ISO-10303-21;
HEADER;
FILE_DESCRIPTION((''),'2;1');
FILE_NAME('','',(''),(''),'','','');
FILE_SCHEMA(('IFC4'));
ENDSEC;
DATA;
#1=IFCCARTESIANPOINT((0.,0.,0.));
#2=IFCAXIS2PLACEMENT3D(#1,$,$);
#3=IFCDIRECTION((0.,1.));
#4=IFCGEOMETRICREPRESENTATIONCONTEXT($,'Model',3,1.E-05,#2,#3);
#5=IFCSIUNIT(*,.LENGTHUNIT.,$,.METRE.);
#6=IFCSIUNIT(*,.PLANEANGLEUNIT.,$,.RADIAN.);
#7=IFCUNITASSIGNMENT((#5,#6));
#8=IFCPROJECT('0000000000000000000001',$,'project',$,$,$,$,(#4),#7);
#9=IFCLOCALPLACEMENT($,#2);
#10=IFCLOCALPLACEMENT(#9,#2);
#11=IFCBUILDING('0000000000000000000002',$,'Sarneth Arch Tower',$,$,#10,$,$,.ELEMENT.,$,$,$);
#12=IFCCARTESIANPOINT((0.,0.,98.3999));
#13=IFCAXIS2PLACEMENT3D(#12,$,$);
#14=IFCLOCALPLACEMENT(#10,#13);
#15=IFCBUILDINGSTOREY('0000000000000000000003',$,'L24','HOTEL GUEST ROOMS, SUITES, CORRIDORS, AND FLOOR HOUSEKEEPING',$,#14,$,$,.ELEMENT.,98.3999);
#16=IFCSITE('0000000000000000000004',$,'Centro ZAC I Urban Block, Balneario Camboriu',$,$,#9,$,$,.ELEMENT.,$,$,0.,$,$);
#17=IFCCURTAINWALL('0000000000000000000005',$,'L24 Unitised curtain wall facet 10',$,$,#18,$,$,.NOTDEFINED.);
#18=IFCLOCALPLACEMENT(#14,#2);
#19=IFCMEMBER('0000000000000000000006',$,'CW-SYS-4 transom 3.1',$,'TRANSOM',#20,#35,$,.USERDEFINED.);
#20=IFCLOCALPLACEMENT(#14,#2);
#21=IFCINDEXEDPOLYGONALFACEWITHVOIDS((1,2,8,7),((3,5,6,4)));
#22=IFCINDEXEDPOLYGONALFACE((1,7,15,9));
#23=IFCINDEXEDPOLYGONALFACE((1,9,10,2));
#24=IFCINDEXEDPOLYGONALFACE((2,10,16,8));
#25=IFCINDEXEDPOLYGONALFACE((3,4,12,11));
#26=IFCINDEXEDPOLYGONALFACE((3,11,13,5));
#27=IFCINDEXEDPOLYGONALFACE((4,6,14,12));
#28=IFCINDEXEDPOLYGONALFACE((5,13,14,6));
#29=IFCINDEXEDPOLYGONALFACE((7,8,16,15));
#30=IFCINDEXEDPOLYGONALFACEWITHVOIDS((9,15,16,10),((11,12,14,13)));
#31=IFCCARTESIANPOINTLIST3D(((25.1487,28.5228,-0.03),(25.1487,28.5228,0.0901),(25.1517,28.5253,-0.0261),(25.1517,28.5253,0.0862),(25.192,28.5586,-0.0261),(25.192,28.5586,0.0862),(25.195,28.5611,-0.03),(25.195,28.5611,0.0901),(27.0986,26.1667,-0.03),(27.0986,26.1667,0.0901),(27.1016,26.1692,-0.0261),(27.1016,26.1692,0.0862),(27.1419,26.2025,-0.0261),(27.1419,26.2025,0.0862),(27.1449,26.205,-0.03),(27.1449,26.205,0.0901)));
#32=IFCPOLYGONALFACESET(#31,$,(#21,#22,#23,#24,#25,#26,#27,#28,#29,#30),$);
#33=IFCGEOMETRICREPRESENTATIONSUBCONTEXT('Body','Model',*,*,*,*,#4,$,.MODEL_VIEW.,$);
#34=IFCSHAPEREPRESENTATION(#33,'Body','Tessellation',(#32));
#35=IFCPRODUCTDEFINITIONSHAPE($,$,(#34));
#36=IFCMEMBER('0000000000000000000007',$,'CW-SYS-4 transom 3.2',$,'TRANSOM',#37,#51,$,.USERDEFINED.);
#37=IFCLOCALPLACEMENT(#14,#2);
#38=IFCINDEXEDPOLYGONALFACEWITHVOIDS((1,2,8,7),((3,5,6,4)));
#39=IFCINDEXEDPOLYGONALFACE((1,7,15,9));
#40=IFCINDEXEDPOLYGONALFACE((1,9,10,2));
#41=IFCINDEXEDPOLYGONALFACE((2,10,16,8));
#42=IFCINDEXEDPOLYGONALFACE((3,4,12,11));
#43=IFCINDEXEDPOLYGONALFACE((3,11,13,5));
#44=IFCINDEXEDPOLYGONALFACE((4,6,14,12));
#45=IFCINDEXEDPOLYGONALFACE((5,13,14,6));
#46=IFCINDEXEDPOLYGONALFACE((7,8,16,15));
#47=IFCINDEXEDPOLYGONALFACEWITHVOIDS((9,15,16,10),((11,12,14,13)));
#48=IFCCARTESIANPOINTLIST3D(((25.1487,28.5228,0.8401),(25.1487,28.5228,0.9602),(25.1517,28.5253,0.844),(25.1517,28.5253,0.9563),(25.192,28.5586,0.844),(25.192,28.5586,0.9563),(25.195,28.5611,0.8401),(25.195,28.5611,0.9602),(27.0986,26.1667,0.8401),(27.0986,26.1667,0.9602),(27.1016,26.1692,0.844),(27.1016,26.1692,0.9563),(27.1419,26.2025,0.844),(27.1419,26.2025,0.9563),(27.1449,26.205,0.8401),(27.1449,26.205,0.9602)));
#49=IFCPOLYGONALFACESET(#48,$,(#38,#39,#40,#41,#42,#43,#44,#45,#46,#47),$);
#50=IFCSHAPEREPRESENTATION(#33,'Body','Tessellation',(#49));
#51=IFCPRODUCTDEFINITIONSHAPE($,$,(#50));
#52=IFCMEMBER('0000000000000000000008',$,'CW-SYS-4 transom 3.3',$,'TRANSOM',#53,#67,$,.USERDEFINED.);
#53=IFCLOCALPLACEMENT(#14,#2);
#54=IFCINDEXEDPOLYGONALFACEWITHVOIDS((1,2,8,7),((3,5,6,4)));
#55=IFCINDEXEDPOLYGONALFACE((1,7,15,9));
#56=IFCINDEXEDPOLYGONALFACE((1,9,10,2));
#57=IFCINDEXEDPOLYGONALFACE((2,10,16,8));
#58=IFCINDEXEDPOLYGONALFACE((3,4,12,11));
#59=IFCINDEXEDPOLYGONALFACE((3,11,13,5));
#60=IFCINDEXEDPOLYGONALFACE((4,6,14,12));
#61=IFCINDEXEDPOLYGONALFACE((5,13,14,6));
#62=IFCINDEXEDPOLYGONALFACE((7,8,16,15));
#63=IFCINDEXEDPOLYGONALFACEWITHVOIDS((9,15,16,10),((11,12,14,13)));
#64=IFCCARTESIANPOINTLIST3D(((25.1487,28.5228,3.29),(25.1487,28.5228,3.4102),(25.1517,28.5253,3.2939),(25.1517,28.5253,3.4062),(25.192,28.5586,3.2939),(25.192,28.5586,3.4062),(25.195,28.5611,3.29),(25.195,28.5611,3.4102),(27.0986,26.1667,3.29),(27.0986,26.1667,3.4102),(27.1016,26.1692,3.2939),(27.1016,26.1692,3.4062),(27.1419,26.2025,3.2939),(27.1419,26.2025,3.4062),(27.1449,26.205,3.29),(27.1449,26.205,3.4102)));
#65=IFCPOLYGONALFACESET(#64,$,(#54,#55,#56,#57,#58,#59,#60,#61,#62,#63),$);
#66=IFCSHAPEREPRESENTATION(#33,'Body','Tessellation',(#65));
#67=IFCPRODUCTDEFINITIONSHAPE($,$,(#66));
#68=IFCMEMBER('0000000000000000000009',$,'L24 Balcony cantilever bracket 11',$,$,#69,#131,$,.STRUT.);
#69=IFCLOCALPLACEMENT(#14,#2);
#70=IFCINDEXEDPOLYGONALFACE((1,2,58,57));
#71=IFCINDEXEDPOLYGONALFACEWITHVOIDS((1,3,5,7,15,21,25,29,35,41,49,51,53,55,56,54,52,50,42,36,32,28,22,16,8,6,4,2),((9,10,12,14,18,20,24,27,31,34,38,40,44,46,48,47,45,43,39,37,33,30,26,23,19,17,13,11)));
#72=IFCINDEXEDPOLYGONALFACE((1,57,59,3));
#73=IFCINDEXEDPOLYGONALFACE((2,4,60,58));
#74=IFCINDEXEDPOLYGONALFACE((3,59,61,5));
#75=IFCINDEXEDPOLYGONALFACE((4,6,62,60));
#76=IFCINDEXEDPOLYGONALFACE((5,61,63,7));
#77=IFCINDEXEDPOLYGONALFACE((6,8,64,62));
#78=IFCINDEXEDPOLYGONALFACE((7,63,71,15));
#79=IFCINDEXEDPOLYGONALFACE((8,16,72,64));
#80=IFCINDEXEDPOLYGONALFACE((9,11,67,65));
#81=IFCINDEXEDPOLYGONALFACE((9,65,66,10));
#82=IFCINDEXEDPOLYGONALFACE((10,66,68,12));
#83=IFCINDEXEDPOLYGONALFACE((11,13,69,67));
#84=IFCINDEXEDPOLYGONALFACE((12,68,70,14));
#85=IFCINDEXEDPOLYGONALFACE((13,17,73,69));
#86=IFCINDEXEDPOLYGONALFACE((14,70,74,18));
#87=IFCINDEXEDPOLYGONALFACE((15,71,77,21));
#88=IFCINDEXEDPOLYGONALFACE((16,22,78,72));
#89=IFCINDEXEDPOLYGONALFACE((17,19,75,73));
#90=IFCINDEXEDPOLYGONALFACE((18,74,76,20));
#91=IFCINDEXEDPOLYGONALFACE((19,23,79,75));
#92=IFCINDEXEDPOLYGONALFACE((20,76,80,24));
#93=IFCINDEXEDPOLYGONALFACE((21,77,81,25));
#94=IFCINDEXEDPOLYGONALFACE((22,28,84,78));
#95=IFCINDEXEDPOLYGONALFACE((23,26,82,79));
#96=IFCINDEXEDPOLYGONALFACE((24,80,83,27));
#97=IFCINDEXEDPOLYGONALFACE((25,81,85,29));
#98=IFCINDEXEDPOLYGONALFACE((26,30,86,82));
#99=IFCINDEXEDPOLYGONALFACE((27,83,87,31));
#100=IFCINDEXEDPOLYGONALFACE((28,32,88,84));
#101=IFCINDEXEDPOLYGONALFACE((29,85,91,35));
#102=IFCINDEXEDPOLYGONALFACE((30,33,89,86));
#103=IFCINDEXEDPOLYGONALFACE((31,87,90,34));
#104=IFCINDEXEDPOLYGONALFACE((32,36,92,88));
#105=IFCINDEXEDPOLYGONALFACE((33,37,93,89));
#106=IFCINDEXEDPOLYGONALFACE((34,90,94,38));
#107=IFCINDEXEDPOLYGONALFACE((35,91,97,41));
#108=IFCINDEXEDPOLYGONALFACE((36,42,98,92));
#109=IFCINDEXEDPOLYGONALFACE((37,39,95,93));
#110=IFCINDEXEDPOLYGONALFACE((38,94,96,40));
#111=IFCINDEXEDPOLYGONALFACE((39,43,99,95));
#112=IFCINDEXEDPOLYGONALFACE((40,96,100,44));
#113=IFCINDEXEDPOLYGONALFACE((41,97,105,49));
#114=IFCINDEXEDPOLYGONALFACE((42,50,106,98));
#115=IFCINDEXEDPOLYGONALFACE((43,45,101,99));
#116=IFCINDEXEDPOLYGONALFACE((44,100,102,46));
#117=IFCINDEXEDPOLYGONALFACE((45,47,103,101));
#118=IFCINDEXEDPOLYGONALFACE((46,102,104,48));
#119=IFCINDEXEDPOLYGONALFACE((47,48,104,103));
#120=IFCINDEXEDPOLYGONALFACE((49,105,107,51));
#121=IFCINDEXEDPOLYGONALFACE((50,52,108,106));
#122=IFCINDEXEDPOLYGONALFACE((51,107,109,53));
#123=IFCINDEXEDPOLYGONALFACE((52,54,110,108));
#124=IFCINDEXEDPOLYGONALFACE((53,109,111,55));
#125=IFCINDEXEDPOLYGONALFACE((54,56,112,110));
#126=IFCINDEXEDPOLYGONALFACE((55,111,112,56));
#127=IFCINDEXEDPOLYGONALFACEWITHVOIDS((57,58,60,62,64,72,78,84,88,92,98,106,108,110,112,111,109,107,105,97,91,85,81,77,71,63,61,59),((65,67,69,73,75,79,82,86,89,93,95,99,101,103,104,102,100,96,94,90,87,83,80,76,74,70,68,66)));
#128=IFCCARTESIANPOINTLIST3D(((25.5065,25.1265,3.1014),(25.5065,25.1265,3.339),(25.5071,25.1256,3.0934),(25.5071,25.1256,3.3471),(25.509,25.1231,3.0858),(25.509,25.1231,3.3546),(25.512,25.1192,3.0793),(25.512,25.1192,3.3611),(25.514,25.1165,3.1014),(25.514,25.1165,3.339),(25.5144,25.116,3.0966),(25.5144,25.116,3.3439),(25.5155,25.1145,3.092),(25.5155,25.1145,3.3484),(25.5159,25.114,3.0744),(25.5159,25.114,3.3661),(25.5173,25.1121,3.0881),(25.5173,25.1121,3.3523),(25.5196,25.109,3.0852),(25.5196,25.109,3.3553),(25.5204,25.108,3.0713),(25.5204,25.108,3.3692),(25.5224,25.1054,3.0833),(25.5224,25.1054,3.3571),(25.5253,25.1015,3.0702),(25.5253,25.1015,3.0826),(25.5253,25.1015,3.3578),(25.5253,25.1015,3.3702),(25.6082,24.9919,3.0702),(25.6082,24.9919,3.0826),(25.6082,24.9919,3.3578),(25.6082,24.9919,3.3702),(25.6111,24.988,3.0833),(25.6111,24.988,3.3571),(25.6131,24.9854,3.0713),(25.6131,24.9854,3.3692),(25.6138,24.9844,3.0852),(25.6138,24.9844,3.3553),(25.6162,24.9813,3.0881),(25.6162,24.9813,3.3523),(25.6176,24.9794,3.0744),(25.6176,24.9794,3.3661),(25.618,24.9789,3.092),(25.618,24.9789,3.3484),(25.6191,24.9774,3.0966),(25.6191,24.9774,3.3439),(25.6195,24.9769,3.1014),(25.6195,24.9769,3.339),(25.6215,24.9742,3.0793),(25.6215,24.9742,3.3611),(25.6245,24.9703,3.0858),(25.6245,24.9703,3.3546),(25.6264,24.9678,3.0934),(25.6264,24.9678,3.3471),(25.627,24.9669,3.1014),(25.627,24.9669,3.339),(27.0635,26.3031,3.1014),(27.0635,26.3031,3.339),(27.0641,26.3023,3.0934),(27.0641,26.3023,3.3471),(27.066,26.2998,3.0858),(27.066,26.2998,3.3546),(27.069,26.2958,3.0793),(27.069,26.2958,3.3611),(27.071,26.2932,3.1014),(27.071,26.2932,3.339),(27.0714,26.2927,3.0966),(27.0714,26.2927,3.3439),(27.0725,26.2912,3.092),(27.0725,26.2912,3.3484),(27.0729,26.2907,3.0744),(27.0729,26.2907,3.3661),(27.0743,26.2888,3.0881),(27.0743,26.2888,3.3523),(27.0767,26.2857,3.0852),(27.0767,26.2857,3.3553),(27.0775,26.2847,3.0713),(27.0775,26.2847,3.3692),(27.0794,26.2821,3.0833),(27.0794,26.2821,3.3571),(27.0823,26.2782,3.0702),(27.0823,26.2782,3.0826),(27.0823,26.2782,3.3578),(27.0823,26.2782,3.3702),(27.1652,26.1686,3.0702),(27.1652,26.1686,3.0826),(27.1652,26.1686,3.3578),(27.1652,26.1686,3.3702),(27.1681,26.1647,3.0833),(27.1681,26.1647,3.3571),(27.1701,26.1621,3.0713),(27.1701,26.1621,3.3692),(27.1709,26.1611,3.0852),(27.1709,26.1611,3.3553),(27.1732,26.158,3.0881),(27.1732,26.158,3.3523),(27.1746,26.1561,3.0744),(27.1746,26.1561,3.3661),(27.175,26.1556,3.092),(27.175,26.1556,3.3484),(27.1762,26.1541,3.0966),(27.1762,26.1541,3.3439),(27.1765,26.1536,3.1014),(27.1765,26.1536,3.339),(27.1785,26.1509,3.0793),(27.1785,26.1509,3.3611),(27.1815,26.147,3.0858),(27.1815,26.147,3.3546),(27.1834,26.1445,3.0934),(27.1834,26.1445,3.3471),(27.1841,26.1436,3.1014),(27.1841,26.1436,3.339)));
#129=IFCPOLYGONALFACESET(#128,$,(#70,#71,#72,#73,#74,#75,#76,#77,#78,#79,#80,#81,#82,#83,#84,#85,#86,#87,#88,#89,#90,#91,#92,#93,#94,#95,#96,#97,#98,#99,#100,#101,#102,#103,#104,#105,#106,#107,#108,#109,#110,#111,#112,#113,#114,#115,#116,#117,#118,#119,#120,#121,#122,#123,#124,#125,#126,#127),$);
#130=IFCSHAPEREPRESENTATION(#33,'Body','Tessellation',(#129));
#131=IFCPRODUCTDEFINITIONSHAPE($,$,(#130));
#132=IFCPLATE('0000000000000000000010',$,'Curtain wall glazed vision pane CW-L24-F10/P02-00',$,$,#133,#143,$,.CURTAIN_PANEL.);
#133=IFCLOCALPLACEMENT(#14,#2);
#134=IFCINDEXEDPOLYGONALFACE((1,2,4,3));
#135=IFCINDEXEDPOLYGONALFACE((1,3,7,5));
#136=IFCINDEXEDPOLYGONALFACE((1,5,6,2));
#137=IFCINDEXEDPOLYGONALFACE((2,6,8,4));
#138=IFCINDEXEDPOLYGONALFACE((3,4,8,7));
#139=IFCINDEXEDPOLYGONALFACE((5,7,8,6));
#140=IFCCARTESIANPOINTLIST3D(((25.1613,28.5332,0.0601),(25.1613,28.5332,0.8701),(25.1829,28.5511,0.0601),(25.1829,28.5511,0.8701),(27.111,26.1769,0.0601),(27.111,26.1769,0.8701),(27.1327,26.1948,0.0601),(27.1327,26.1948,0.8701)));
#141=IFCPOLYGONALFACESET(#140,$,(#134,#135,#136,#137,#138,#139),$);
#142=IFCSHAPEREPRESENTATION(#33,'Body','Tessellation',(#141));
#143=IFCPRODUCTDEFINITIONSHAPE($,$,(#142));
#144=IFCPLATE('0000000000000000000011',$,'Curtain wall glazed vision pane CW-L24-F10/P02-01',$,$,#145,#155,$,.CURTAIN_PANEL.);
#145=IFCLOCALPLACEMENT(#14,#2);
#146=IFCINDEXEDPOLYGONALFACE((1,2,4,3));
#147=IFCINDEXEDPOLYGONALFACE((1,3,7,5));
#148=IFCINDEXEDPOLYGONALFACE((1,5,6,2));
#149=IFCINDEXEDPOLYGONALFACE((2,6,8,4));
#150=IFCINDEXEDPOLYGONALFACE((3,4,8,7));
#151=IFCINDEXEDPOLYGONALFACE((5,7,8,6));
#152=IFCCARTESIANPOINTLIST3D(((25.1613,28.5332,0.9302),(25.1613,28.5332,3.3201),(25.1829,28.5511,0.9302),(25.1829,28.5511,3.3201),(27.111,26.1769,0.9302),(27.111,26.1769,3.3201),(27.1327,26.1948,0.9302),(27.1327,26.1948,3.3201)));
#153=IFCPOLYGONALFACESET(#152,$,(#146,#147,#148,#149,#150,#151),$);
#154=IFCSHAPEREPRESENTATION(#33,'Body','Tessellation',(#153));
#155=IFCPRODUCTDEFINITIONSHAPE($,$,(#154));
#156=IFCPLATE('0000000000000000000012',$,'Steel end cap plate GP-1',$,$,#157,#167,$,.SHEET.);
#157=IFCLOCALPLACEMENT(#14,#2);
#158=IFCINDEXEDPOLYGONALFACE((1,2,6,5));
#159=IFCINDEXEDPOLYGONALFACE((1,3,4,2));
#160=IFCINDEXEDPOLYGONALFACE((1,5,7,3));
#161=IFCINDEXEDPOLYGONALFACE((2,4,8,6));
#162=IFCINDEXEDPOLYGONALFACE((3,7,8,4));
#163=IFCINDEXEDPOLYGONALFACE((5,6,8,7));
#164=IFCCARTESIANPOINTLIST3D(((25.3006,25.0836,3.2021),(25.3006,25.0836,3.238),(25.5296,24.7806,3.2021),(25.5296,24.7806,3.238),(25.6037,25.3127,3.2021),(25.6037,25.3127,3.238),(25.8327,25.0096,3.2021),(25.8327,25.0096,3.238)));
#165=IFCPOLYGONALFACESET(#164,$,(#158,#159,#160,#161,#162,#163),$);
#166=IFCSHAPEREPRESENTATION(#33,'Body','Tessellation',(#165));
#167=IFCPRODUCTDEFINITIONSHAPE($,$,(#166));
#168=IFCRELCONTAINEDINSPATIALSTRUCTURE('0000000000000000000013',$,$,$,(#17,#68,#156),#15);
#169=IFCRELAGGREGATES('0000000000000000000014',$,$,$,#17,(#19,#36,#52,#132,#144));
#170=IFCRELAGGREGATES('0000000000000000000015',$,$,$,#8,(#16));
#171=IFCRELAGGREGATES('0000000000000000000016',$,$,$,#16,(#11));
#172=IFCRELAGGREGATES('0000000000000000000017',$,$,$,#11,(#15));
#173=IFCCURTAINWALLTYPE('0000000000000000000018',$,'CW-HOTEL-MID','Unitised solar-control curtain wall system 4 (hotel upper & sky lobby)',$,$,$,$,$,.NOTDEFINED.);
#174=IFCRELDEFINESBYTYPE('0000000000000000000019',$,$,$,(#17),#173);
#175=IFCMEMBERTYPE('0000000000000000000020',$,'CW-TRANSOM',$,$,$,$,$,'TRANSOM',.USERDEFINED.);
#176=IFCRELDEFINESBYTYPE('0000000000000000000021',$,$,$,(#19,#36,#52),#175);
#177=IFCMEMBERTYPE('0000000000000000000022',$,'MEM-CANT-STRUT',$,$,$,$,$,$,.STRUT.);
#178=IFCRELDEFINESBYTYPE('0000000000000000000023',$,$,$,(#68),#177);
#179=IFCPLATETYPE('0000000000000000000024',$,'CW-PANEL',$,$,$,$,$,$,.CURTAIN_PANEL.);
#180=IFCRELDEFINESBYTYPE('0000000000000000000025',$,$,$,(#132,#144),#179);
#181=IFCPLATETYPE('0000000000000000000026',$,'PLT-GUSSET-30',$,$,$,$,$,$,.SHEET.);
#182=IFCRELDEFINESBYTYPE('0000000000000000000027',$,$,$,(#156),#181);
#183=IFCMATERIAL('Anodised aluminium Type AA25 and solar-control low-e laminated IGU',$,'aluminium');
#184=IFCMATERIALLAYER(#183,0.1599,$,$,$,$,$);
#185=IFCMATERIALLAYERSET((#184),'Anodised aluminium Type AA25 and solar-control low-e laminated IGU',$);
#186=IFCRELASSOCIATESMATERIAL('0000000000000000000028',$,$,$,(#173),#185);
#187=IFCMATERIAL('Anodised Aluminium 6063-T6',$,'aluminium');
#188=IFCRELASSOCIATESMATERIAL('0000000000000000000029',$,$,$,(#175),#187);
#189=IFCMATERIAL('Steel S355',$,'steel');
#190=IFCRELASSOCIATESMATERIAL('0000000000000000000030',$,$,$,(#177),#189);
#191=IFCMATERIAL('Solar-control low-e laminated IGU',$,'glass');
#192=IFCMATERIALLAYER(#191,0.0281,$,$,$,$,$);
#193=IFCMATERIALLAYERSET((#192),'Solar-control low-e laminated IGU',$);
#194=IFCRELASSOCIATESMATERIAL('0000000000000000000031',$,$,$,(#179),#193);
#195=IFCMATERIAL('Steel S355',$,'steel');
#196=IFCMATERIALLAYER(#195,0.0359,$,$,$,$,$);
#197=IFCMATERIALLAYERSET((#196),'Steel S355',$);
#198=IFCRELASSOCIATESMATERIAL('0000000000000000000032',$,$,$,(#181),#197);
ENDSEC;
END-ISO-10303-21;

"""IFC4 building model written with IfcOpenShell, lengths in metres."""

from ifc_helpers import new_model, si_unit, direction, frame, origin, origin_2d, place, context, subcontext, project, spatial, rectangle, hollow_rectangle, extrude, material, layer, layer_set, material_profile, profile_set, type_object, element, aggregate, save


model = new_model("IFC4")

# Units and contexts
model_context = context("Model", 3, precision=1e-05, world=origin(), true_north=direction((0.0, 1.0)))
body_context = subcontext(model_context, "Body", "Model", "MODEL_VIEW")
ifc_project = project(units=[si_unit("LENGTHUNIT", "METRE"), si_unit("PLANEANGLEUNIT", "RADIAN")], contexts=[model_context])

# Site, building, storey
site_placement = place(None, origin())
site = spatial("IfcSite", under=ifc_project, at=site_placement, Name="Centro ZAC I Urban Block, Balneario Camboriu", CompositionType="ELEMENT", RefElevation=0.0)
building_placement = place(site_placement, origin())
building = spatial("IfcBuilding", under=site, at=building_placement, Name="Sarneth Arch Tower", CompositionType="ELEMENT")
storey_placement = place(building_placement, frame((0.0, 0.0, 98.3999)))
storey = spatial("IfcBuildingStorey", under=building, at=storey_placement, Name="L24", Description="HOTEL GUEST ROOMS, SUITES, CORRIDORS, AND FLOOR HOUSEKEEPING", CompositionType="ELEMENT", Elevation=98.3999)

# Curtain wall, members
ifc_material_1 = material(Name="Anodised aluminium Type AA25 and solar-control low-e laminated IGU", Category="aluminium")
ifc_layer_1 = layer(ifc_material_1, 0.1599)
ifc_layer_set_1 = layer_set([ifc_layer_1], Name="Anodised aluminium Type AA25 and solar-control low-e laminated IGU")
curtain_wall_type = type_object("IfcCurtainWallType", Name="CW-HOTEL-MID", Description="Unitised solar-control curtain wall system 4 (hotel upper & sky lobby)", PredefinedType="NOTDEFINED", material=ifc_layer_set_1)
curtain_wall_placement = place(storey_placement, origin())
curtain_wall = element("IfcCurtainWall", 1, at=curtain_wall_placement, inside=storey, type_object=curtain_wall_type, Name="L24 Unitised curtain wall facet 10", PredefinedType="NOTDEFINED")
ifc_material_2 = material(Name="Anodised Aluminium 6063-T6", Category="aluminium")
ifc_material_profile_1 = material_profile(ifc_material_2, hollow_rectangle(XDim=0.0601, YDim=0.1201, WallThickness=0.0039, at=origin_2d()), Name="AL-TRAN-120x60x4")
ifc_profile_set_1 = profile_set([ifc_material_profile_1], Name="Anodised Aluminium 6063-T6")
member_type_1 = type_object("IfcMemberType", Name="CW-TRANSOM", ElementType="TRANSOM", PredefinedType="USERDEFINED", material=ifc_profile_set_1)
member_1_placement = place(storey_placement, frame((25.1719, 28.542, 0.03), z_axis=(0.637566, -0.770396, 0.0), x_axis=(0.770396, 0.637566, 0.0)))
member_1 = element("IfcMember", 2, at=member_1_placement, type_object=member_type_1, Name="CW-SYS-4 transom 3.1", ObjectType="TRANSOM", PredefinedType="USERDEFINED", context=body_context, shape_type="SweptSolid", body=[
    extrude(hollow_rectangle(XDim=0.0601, YDim=0.1201, WallThickness=0.0039, at=origin_2d()), origin(), (0.0, 0.0, 1.0), 3.0583),
])
member_2_placement = place(storey_placement, frame((25.1719, 28.542, 0.9001), z_axis=(0.637566, -0.770396, 0.0), x_axis=(0.770396, 0.637566, 0.0)))
member_2 = element("IfcMember", 3, at=member_2_placement, type_object=member_type_1, Name="CW-SYS-4 transom 3.2", ObjectType="TRANSOM", PredefinedType="USERDEFINED", context=body_context, shape_type="SweptSolid", body=[
    extrude(hollow_rectangle(XDim=0.0601, YDim=0.1201, WallThickness=0.0039, at=origin_2d()), origin(), (0.0, 0.0, 1.0), 3.0583),
])
member_3_placement = place(storey_placement, frame((25.1719, 28.542, 3.3501), z_axis=(0.637566, -0.770396, 0.0), x_axis=(0.770396, 0.637566, 0.0)))
member_3 = element("IfcMember", 4, at=member_3_placement, type_object=member_type_1, Name="CW-SYS-4 transom 3.3", ObjectType="TRANSOM", PredefinedType="USERDEFINED", context=body_context, shape_type="SweptSolid", body=[
    extrude(hollow_rectangle(XDim=0.0601, YDim=0.1201, WallThickness=0.0039, at=origin_2d()), origin(), (0.0, 0.0, 1.0), 3.0583),
])

# Member
ifc_material_3 = material(Name="Steel S355", Category="steel")
ifc_material_profile_2 = material_profile(ifc_material_3, hollow_rectangle(XDim=0.2, YDim=0.3, WallThickness=0.0125, InnerFilletRadius=0.0188, OuterFilletRadius=0.0312, at=origin_2d()), Name="RHS300x200x12.5")
ifc_profile_set_2 = profile_set([ifc_material_profile_2], Name="Steel S355")
member_type_2 = type_object("IfcMemberType", Name="MEM-CANT-STRUT", PredefinedType="STRUT", material=ifc_profile_set_2)
member_4_placement = place(storey_placement, frame((27.1238, 26.2234, 3.2202), z_axis=(-0.797803, -0.602918, 0.0), x_axis=(0.602918, -0.797803, 0.0)))
element("IfcMember", 5, at=member_4_placement, inside=storey, type_object=member_type_2, Name="L24 Balcony cantilever bracket 11", PredefinedType="STRUT", context=body_context, shape_type="SweptSolid", body=[
    extrude(hollow_rectangle(XDim=0.2, YDim=0.3, WallThickness=0.0125, InnerFilletRadius=0.0188, OuterFilletRadius=0.0312, at=origin_2d()), origin(), (0.0, 0.0, 1.0), 1.9517),
])

# Plates
ifc_material_4 = material(Name="Solar-control low-e laminated IGU", Category="glass")
ifc_layer_2 = layer(ifc_material_4, 0.0281)
ifc_layer_set_2 = layer_set([ifc_layer_2], Name="Solar-control low-e laminated IGU")
plate_type_1 = type_object("IfcPlateType", Name="CW-PANEL", PredefinedType="CURTAIN_PANEL", material=ifc_layer_set_2)
plate_1_placement = place(storey_placement, frame((26.147, 27.364, 0.0601), z_axis=(0.0, 0.0, 1.0), x_axis=(0.637515, -0.770438, 0.0)))
plate_1 = element("IfcPlate", 6, at=plate_1_placement, type_object=plate_type_1, Name="Curtain wall glazed vision pane CW-L24-F10/P02-00", PredefinedType="CURTAIN_PANEL", context=body_context, shape_type="SweptSolid", body=[
    extrude(rectangle(XDim=3.0583, YDim=0.0281, at=origin_2d()), origin(), (0.0, 0.0, 1.0), 0.8101),
])
plate_2_placement = place(storey_placement, frame((26.147, 27.364, 0.9302), z_axis=(0.0, 0.0, 1.0), x_axis=(0.637515, -0.770438, 0.0)))
plate_2 = element("IfcPlate", 7, at=plate_2_placement, type_object=plate_type_1, Name="Curtain wall glazed vision pane CW-L24-F10/P02-01", PredefinedType="CURTAIN_PANEL", context=body_context, shape_type="SweptSolid", body=[
    extrude(rectangle(XDim=3.0583, YDim=0.0281, at=origin_2d()), origin(), (0.0, 0.0, 1.0), 2.3899),
])
aggregate(curtain_wall, [member_1, member_2, member_3, plate_1, plate_2])
ifc_material_5 = material(Name="Steel S355", Category="steel")
ifc_layer_3 = layer(ifc_material_5, 0.0359)
ifc_layer_set_3 = layer_set([ifc_layer_3], Name="Steel S355")
plate_type_2 = type_object("IfcPlateType", Name="PLT-GUSSET-30", PredefinedType="SHEET", material=ifc_layer_set_3)
plate_3_placement = place(storey_placement, frame((25.5667, 25.0466, 3.2021), z_axis=(0.0, 0.0, 1.0), x_axis=(-0.797794, -0.60293, 0.0)))
element("IfcPlate", 8, at=plate_3_placement, inside=storey, type_object=plate_type_2, Name="Steel end cap plate GP-1", PredefinedType="SHEET", context=body_context, shape_type="SweptSolid", body=[
    extrude(rectangle(XDim=0.3799, YDim=0.3799, at=origin_2d()), origin(), (0.0, 0.0, 1.0), 0.0359),
])

save(model, "model.ifc")
